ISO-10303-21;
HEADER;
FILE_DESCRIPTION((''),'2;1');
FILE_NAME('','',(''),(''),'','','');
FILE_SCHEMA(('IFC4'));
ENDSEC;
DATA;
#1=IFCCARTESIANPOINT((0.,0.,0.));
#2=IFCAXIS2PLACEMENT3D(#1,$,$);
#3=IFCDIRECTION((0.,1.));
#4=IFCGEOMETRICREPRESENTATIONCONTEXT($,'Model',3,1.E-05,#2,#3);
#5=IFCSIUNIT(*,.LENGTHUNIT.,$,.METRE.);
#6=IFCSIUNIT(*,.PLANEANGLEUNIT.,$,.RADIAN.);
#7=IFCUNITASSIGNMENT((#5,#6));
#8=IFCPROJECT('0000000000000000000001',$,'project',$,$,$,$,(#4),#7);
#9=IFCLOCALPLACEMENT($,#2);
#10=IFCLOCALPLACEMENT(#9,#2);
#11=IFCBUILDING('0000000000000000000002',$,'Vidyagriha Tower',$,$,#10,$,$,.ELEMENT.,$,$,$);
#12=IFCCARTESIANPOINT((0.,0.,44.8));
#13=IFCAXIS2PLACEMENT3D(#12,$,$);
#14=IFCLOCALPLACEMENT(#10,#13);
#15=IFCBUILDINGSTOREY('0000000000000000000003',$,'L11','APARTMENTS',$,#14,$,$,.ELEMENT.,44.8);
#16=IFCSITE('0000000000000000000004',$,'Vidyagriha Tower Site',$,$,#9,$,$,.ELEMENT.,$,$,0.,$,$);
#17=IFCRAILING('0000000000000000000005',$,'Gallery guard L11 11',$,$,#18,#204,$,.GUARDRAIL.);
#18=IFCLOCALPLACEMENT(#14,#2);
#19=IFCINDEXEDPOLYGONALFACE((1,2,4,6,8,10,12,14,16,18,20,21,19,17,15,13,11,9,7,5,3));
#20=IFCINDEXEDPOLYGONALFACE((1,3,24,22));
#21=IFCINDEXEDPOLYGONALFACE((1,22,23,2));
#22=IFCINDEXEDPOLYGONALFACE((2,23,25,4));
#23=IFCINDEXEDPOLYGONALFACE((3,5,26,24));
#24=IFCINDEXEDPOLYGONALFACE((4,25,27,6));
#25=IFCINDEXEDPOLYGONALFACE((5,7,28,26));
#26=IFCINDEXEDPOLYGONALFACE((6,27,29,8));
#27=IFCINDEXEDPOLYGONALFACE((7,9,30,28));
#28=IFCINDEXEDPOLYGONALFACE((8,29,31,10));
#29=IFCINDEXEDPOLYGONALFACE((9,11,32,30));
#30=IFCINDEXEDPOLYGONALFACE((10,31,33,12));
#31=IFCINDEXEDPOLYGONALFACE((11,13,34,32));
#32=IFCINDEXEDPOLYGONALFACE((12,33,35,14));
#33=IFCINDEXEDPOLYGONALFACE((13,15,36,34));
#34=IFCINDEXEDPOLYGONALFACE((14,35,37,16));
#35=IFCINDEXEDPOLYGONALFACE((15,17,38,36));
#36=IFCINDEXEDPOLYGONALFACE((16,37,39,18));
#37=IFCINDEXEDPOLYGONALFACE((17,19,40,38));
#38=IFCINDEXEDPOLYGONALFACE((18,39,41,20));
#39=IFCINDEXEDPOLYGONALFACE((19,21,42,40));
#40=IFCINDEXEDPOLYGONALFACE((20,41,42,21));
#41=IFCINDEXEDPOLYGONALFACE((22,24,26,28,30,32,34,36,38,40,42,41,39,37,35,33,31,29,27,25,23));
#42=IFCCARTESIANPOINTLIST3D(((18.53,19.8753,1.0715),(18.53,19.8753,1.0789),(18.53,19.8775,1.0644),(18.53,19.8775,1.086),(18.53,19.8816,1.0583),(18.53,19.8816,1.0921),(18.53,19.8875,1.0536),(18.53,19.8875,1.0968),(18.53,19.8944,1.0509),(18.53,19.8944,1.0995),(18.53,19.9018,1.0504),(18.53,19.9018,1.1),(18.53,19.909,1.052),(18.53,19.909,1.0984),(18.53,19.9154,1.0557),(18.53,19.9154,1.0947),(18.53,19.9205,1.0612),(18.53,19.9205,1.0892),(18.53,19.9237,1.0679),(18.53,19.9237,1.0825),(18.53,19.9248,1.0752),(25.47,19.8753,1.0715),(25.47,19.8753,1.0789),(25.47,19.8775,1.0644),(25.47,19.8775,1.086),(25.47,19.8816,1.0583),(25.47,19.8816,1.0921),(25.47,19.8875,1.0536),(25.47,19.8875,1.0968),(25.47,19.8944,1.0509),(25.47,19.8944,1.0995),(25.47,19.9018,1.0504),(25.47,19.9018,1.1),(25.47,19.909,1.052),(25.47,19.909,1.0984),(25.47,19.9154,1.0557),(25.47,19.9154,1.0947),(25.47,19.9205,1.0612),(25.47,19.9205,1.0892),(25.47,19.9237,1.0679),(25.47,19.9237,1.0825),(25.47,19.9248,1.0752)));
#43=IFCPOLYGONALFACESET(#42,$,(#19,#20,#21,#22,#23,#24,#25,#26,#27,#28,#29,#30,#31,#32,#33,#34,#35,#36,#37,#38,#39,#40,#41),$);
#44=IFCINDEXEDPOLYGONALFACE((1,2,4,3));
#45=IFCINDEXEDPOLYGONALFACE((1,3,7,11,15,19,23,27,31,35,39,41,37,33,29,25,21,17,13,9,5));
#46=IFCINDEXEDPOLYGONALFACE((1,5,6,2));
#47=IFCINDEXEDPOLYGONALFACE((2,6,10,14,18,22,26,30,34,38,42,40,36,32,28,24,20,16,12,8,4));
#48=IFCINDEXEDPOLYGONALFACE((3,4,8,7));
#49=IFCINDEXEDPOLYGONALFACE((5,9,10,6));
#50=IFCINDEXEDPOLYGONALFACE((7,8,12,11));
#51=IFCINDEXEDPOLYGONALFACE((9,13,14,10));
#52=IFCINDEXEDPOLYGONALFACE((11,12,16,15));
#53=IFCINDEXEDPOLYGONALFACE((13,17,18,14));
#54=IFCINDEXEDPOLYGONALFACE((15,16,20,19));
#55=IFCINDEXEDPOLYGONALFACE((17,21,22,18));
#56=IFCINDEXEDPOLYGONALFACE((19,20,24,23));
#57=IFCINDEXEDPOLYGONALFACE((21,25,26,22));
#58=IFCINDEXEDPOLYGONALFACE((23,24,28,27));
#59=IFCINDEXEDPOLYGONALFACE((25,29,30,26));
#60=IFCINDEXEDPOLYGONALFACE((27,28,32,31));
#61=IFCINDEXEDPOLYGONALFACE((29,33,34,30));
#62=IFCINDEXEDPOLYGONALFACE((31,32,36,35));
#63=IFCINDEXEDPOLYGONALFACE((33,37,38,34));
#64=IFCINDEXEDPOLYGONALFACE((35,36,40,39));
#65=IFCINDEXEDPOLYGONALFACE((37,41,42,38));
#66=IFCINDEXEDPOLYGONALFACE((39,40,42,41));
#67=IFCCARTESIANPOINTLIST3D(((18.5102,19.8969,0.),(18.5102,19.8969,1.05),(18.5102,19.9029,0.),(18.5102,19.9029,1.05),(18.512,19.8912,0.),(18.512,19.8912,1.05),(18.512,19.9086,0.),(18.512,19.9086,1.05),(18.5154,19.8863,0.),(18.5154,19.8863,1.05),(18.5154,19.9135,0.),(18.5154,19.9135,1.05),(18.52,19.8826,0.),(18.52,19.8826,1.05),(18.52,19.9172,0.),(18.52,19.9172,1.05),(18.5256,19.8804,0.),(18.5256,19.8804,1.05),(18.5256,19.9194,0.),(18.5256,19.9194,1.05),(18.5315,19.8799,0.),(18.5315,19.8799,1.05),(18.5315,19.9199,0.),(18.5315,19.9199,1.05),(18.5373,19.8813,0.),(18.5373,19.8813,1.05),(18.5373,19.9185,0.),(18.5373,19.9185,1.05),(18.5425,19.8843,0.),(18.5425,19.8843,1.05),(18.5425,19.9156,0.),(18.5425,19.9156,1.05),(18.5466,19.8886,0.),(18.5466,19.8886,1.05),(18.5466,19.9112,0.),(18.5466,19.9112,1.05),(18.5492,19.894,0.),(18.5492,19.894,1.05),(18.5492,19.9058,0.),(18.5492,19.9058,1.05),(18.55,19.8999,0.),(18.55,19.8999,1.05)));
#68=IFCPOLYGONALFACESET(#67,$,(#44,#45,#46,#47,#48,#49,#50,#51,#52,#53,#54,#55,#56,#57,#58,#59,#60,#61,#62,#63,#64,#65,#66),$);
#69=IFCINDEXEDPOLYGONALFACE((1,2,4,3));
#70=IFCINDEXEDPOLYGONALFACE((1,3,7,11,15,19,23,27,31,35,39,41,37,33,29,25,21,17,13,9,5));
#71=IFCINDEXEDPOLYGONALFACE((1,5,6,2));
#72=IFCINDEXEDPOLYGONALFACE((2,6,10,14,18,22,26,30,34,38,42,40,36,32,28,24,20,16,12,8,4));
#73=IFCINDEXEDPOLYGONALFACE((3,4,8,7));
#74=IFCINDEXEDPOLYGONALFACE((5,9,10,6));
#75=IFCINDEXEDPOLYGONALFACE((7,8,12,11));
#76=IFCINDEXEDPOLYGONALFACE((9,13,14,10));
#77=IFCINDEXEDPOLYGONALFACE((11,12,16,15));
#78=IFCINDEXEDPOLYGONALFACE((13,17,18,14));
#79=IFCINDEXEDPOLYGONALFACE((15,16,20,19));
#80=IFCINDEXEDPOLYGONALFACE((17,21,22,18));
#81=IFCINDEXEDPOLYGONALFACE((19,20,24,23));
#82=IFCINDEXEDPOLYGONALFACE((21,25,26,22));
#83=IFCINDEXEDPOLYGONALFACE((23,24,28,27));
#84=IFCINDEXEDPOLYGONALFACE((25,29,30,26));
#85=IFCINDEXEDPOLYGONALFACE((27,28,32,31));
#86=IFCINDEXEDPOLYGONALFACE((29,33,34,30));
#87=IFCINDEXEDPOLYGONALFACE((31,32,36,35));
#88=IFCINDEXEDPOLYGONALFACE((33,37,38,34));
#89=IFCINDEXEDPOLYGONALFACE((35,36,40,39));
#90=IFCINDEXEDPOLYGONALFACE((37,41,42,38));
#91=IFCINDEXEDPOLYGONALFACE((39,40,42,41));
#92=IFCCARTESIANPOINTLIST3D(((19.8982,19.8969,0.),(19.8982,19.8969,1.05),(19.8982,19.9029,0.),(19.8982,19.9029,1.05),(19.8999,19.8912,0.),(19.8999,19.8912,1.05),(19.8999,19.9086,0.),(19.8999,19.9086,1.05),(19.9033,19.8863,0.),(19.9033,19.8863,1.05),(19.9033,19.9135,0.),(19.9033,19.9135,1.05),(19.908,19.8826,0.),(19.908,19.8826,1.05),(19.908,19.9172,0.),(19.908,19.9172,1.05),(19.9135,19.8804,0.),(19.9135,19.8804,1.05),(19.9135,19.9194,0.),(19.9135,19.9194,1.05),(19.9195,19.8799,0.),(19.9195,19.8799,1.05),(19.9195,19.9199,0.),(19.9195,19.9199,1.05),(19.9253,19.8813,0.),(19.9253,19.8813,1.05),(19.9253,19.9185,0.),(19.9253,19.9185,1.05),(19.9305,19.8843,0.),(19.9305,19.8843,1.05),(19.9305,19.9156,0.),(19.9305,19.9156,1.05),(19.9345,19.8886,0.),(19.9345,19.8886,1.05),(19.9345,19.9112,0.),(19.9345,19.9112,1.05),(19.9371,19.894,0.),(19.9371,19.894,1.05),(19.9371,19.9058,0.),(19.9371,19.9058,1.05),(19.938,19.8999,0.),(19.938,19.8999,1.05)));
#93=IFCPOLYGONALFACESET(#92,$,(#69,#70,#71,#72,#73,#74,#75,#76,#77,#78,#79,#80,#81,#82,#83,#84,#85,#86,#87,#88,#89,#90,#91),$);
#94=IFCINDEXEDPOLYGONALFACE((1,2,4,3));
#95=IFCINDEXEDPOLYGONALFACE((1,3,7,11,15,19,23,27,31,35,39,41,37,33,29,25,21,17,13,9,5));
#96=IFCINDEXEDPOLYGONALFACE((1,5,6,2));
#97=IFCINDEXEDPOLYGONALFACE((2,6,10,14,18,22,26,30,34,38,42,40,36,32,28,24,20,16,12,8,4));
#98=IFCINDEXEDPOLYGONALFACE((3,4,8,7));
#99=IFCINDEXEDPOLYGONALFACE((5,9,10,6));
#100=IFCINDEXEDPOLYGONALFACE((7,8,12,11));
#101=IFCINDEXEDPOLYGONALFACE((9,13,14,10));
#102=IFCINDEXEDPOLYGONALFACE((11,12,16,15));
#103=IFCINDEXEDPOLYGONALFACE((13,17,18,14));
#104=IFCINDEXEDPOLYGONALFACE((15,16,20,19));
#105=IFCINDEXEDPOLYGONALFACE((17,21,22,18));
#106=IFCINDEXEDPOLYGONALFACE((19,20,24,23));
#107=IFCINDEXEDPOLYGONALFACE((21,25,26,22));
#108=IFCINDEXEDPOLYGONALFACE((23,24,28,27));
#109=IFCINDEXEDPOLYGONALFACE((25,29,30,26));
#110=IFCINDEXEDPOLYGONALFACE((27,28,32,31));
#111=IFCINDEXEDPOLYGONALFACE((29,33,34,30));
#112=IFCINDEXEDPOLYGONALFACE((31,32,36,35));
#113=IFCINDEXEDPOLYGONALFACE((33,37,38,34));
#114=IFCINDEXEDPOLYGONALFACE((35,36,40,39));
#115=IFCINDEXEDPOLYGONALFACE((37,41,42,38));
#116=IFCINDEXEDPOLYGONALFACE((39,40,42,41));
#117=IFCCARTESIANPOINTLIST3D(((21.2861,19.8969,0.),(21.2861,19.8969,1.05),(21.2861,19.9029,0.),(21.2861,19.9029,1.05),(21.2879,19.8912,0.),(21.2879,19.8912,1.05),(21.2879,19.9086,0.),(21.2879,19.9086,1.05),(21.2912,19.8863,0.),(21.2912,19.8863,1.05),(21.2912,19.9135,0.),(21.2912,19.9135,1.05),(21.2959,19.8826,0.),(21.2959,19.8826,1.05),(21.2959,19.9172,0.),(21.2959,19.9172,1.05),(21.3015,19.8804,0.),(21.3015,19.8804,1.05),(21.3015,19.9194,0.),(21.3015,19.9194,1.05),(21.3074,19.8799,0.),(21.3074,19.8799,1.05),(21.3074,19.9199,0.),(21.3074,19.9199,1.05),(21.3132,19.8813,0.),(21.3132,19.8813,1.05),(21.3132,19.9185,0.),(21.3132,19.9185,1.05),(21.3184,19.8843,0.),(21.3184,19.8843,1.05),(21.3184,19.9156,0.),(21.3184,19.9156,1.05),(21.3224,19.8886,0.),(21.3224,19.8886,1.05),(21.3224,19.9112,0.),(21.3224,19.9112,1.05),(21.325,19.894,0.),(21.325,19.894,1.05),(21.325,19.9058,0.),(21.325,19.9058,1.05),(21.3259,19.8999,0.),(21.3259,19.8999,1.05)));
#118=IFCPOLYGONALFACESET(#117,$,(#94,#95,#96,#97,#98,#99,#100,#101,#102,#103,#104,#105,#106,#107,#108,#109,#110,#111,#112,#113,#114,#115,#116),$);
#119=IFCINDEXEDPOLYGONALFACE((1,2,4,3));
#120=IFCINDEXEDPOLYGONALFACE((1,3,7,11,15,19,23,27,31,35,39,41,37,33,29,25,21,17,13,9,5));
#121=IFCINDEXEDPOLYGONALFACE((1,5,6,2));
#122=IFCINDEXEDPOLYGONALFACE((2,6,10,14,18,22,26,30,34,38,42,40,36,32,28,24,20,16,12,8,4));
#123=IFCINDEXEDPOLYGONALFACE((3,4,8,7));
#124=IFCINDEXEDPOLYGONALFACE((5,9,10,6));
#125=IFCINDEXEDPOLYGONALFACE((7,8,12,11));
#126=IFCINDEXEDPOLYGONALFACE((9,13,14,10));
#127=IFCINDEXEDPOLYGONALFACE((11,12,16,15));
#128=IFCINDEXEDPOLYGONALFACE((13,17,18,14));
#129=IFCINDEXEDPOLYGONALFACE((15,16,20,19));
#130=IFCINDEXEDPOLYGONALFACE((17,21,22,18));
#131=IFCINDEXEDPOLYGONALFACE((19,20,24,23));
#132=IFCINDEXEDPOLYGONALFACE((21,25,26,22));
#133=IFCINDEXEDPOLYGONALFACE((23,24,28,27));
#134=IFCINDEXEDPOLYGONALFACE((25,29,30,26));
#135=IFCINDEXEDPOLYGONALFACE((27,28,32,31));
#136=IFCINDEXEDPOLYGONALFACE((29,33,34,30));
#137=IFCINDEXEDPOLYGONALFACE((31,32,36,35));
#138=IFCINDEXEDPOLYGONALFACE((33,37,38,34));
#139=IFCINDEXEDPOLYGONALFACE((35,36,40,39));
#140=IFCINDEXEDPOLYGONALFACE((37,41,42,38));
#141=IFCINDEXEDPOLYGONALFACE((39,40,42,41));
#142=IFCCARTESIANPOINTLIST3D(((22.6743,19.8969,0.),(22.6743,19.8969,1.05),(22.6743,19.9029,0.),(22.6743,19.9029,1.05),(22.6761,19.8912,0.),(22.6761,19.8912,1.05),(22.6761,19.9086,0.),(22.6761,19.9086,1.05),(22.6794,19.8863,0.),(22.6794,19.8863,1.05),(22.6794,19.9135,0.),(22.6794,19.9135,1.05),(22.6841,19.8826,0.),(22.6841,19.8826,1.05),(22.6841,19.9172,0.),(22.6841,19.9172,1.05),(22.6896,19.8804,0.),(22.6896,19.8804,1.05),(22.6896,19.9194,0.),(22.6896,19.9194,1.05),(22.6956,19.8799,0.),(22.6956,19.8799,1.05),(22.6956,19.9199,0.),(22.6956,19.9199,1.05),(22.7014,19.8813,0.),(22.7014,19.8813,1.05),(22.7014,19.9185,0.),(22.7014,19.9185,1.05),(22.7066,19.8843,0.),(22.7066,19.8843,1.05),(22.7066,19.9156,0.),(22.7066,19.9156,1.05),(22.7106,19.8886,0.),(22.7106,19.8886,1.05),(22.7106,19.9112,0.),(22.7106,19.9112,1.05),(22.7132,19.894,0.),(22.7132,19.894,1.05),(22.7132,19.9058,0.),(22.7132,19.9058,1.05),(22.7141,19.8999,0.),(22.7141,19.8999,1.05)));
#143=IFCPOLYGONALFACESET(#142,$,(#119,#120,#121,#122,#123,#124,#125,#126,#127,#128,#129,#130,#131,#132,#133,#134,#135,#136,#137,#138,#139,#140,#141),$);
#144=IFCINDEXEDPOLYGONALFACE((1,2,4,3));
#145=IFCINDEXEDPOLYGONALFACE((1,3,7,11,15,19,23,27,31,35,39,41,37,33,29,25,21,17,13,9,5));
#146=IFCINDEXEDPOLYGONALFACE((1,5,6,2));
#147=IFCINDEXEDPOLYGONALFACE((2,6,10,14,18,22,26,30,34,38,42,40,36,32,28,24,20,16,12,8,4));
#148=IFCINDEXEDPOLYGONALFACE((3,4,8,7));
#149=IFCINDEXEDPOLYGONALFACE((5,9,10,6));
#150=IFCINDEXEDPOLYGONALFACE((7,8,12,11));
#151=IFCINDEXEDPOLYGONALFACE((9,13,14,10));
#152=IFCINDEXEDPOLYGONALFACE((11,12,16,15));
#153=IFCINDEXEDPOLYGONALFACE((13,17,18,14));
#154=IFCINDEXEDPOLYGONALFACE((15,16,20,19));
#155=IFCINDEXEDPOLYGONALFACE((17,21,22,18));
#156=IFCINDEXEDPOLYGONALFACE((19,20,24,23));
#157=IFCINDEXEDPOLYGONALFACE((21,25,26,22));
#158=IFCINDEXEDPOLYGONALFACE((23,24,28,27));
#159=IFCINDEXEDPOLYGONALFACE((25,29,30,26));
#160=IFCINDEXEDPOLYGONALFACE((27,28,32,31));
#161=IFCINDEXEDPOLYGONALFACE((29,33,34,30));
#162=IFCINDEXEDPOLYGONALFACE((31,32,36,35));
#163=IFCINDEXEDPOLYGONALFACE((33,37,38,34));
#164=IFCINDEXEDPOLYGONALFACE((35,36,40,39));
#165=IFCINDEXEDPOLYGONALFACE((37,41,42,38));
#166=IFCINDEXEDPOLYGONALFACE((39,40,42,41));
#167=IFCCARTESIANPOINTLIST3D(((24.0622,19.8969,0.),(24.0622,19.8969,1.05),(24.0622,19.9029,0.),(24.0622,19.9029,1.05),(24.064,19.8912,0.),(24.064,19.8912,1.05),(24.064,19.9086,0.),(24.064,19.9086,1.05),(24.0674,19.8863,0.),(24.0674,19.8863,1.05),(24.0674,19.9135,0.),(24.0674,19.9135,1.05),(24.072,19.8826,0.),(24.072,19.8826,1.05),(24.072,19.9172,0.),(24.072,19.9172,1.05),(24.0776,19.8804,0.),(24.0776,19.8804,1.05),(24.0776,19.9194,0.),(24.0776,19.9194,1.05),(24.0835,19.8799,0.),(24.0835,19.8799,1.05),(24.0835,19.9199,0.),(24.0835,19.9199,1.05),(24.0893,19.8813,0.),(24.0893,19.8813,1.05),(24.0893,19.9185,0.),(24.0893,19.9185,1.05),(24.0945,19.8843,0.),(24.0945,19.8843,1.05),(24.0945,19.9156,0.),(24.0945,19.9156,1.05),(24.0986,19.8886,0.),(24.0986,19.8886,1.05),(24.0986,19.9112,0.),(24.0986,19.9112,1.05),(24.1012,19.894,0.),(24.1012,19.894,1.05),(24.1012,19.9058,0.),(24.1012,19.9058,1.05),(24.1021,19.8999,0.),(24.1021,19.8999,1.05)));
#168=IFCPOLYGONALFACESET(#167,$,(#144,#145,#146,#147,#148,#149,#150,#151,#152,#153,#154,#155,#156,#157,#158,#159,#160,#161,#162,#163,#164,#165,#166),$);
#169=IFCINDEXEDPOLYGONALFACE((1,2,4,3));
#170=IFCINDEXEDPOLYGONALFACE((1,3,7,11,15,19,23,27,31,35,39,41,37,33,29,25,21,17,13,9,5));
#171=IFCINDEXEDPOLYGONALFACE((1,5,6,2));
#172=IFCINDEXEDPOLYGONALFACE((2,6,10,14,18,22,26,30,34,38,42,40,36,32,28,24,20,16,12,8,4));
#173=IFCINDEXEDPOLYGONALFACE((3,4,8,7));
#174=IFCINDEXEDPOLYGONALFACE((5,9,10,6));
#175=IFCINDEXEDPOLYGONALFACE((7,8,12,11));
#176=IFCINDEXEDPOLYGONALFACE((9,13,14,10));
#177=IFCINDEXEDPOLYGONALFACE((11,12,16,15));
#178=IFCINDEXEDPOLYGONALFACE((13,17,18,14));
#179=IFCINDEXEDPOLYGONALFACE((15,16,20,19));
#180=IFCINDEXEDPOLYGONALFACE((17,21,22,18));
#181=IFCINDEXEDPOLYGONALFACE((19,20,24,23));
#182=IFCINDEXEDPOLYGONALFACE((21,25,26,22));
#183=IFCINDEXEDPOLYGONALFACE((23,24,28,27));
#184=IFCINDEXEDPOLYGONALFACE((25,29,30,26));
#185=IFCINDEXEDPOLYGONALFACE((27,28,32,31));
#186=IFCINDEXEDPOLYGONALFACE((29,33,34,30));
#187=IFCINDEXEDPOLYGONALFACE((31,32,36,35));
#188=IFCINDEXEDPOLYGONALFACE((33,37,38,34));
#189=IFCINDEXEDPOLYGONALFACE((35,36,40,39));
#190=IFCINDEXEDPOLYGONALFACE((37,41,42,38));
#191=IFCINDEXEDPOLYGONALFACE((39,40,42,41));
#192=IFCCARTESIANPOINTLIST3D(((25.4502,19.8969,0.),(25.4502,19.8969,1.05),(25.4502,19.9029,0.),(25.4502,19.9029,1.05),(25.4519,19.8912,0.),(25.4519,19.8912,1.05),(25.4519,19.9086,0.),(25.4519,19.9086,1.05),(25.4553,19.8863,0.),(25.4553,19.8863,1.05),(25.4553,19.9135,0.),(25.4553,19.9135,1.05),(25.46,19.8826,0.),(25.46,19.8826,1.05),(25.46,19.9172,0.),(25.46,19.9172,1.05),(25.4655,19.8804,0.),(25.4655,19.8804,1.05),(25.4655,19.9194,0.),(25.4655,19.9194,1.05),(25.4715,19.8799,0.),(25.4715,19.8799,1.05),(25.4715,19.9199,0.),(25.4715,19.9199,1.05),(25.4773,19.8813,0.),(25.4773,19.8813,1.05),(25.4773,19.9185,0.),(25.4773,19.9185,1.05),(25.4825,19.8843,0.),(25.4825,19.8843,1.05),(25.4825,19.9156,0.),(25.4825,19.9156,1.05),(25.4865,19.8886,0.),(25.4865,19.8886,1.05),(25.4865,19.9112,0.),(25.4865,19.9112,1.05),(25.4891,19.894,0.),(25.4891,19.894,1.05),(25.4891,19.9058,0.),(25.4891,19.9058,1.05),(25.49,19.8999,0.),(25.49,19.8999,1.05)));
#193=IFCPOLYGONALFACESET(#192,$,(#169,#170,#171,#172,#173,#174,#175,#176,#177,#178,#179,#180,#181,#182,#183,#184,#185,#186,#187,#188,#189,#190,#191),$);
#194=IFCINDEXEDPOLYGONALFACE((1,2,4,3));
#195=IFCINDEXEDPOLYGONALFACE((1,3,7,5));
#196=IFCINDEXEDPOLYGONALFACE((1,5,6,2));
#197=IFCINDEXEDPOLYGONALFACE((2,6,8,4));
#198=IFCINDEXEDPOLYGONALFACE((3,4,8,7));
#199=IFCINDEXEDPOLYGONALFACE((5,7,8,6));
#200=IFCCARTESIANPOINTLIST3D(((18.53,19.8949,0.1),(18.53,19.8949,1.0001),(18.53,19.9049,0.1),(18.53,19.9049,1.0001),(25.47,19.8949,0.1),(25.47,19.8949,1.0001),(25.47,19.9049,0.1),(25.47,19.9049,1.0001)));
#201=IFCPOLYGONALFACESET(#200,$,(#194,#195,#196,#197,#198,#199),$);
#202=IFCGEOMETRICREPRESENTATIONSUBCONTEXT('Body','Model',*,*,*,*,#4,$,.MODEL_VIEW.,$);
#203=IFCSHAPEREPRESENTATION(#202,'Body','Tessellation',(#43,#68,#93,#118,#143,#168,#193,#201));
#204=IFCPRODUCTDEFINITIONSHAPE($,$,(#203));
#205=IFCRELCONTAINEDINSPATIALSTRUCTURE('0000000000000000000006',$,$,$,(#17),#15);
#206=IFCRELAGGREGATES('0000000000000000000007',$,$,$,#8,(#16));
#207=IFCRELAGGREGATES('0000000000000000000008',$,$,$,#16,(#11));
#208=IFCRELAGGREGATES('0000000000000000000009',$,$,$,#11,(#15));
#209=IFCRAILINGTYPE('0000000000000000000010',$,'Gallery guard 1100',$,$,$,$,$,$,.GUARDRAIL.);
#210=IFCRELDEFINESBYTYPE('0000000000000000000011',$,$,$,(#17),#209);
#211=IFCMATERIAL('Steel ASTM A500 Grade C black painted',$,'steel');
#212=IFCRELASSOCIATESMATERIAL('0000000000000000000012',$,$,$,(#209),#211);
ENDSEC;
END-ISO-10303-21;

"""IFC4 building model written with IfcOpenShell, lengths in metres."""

from ifc_helpers import new_model, si_unit, direction, frame, origin, origin_2d, place, context, subcontext, project, spatial, rectangle, circle, extrude, material, type_object, element, save


model = new_model("IFC4")

# Units and contexts
model_context = context("Model", 3, precision=1e-05, world=origin(), true_north=direction((0.0, 1.0)))
body_context = subcontext(model_context, "Body", "Model", "MODEL_VIEW")
ifc_project = project(units=[si_unit("LENGTHUNIT", "METRE"), si_unit("PLANEANGLEUNIT", "RADIAN")], contexts=[model_context])

# Site, building, storey
site_placement = place(None, origin())
site = spatial("IfcSite", under=ifc_project, at=site_placement, Name="Vidyagriha Tower Site", CompositionType="ELEMENT", RefElevation=0.0)
building_placement = place(site_placement, origin())
building = spatial("IfcBuilding", under=site, at=building_placement, Name="Vidyagriha Tower", CompositionType="ELEMENT")
storey_placement = place(building_placement, frame((0.0, 0.0, 44.8)))
storey = spatial("IfcBuildingStorey", under=building, at=storey_placement, Name="L11", Description="APARTMENTS", CompositionType="ELEMENT", Elevation=44.8)

# Railing
ifc_material_1 = material(Name="Steel ASTM A500 Grade C black painted", Category="steel")
railing_type = type_object("IfcRailingType", Name="Gallery guard 1100", PredefinedType="GUARDRAIL", material=ifc_material_1)
railing_1_placement = place(storey_placement, frame((18.53, 19.8999, 0.0)))
element("IfcRailing", 1, at=railing_1_placement, inside=storey, type_object=railing_type, Name="Gallery guard L11 11", PredefinedType="GUARDRAIL", context=body_context, shape_type="SweptSolid", body=[
    extrude(circle(Radius=0.0249, at=origin_2d()), frame((0.0, 0.0, 1.0752), z_axis=(1.0, 0.0, 0.0), x_axis=(0.0, 1.0, 0.0)), (0.0, 0.0, 1.0), 6.9399),
    extrude(circle(Radius=0.02, at=origin_2d()), origin(), (0.0, 0.0, 1.0), 1.05),
    extrude(circle(Radius=0.02, at=origin_2d()), frame((1.3879, 0.0, 0.0)), (0.0, 0.0, 1.0), 1.05),
    extrude(circle(Radius=0.02, at=origin_2d()), frame((2.7759, 0.0, 0.0)), (0.0, 0.0, 1.0), 1.05),
    extrude(circle(Radius=0.02, at=origin_2d()), frame((4.1641, 0.0, 0.0)), (0.0, 0.0, 1.0), 1.05),
    extrude(circle(Radius=0.02, at=origin_2d()), frame((5.552, 0.0, 0.0)), (0.0, 0.0, 1.0), 1.05),
    extrude(circle(Radius=0.02, at=origin_2d()), frame((6.9399, 0.0, 0.0)), (0.0, 0.0, 1.0), 1.05),
    extrude(rectangle(XDim=0.01, YDim=0.9001, at=origin_2d()), frame((0.0, 0.0, 0.55), z_axis=(1.0, 0.0, 0.0), x_axis=(0.0, 1.0, 0.0)), (0.0, 0.0, 1.0), 6.9399),
])

save(model, "model.ifc")
